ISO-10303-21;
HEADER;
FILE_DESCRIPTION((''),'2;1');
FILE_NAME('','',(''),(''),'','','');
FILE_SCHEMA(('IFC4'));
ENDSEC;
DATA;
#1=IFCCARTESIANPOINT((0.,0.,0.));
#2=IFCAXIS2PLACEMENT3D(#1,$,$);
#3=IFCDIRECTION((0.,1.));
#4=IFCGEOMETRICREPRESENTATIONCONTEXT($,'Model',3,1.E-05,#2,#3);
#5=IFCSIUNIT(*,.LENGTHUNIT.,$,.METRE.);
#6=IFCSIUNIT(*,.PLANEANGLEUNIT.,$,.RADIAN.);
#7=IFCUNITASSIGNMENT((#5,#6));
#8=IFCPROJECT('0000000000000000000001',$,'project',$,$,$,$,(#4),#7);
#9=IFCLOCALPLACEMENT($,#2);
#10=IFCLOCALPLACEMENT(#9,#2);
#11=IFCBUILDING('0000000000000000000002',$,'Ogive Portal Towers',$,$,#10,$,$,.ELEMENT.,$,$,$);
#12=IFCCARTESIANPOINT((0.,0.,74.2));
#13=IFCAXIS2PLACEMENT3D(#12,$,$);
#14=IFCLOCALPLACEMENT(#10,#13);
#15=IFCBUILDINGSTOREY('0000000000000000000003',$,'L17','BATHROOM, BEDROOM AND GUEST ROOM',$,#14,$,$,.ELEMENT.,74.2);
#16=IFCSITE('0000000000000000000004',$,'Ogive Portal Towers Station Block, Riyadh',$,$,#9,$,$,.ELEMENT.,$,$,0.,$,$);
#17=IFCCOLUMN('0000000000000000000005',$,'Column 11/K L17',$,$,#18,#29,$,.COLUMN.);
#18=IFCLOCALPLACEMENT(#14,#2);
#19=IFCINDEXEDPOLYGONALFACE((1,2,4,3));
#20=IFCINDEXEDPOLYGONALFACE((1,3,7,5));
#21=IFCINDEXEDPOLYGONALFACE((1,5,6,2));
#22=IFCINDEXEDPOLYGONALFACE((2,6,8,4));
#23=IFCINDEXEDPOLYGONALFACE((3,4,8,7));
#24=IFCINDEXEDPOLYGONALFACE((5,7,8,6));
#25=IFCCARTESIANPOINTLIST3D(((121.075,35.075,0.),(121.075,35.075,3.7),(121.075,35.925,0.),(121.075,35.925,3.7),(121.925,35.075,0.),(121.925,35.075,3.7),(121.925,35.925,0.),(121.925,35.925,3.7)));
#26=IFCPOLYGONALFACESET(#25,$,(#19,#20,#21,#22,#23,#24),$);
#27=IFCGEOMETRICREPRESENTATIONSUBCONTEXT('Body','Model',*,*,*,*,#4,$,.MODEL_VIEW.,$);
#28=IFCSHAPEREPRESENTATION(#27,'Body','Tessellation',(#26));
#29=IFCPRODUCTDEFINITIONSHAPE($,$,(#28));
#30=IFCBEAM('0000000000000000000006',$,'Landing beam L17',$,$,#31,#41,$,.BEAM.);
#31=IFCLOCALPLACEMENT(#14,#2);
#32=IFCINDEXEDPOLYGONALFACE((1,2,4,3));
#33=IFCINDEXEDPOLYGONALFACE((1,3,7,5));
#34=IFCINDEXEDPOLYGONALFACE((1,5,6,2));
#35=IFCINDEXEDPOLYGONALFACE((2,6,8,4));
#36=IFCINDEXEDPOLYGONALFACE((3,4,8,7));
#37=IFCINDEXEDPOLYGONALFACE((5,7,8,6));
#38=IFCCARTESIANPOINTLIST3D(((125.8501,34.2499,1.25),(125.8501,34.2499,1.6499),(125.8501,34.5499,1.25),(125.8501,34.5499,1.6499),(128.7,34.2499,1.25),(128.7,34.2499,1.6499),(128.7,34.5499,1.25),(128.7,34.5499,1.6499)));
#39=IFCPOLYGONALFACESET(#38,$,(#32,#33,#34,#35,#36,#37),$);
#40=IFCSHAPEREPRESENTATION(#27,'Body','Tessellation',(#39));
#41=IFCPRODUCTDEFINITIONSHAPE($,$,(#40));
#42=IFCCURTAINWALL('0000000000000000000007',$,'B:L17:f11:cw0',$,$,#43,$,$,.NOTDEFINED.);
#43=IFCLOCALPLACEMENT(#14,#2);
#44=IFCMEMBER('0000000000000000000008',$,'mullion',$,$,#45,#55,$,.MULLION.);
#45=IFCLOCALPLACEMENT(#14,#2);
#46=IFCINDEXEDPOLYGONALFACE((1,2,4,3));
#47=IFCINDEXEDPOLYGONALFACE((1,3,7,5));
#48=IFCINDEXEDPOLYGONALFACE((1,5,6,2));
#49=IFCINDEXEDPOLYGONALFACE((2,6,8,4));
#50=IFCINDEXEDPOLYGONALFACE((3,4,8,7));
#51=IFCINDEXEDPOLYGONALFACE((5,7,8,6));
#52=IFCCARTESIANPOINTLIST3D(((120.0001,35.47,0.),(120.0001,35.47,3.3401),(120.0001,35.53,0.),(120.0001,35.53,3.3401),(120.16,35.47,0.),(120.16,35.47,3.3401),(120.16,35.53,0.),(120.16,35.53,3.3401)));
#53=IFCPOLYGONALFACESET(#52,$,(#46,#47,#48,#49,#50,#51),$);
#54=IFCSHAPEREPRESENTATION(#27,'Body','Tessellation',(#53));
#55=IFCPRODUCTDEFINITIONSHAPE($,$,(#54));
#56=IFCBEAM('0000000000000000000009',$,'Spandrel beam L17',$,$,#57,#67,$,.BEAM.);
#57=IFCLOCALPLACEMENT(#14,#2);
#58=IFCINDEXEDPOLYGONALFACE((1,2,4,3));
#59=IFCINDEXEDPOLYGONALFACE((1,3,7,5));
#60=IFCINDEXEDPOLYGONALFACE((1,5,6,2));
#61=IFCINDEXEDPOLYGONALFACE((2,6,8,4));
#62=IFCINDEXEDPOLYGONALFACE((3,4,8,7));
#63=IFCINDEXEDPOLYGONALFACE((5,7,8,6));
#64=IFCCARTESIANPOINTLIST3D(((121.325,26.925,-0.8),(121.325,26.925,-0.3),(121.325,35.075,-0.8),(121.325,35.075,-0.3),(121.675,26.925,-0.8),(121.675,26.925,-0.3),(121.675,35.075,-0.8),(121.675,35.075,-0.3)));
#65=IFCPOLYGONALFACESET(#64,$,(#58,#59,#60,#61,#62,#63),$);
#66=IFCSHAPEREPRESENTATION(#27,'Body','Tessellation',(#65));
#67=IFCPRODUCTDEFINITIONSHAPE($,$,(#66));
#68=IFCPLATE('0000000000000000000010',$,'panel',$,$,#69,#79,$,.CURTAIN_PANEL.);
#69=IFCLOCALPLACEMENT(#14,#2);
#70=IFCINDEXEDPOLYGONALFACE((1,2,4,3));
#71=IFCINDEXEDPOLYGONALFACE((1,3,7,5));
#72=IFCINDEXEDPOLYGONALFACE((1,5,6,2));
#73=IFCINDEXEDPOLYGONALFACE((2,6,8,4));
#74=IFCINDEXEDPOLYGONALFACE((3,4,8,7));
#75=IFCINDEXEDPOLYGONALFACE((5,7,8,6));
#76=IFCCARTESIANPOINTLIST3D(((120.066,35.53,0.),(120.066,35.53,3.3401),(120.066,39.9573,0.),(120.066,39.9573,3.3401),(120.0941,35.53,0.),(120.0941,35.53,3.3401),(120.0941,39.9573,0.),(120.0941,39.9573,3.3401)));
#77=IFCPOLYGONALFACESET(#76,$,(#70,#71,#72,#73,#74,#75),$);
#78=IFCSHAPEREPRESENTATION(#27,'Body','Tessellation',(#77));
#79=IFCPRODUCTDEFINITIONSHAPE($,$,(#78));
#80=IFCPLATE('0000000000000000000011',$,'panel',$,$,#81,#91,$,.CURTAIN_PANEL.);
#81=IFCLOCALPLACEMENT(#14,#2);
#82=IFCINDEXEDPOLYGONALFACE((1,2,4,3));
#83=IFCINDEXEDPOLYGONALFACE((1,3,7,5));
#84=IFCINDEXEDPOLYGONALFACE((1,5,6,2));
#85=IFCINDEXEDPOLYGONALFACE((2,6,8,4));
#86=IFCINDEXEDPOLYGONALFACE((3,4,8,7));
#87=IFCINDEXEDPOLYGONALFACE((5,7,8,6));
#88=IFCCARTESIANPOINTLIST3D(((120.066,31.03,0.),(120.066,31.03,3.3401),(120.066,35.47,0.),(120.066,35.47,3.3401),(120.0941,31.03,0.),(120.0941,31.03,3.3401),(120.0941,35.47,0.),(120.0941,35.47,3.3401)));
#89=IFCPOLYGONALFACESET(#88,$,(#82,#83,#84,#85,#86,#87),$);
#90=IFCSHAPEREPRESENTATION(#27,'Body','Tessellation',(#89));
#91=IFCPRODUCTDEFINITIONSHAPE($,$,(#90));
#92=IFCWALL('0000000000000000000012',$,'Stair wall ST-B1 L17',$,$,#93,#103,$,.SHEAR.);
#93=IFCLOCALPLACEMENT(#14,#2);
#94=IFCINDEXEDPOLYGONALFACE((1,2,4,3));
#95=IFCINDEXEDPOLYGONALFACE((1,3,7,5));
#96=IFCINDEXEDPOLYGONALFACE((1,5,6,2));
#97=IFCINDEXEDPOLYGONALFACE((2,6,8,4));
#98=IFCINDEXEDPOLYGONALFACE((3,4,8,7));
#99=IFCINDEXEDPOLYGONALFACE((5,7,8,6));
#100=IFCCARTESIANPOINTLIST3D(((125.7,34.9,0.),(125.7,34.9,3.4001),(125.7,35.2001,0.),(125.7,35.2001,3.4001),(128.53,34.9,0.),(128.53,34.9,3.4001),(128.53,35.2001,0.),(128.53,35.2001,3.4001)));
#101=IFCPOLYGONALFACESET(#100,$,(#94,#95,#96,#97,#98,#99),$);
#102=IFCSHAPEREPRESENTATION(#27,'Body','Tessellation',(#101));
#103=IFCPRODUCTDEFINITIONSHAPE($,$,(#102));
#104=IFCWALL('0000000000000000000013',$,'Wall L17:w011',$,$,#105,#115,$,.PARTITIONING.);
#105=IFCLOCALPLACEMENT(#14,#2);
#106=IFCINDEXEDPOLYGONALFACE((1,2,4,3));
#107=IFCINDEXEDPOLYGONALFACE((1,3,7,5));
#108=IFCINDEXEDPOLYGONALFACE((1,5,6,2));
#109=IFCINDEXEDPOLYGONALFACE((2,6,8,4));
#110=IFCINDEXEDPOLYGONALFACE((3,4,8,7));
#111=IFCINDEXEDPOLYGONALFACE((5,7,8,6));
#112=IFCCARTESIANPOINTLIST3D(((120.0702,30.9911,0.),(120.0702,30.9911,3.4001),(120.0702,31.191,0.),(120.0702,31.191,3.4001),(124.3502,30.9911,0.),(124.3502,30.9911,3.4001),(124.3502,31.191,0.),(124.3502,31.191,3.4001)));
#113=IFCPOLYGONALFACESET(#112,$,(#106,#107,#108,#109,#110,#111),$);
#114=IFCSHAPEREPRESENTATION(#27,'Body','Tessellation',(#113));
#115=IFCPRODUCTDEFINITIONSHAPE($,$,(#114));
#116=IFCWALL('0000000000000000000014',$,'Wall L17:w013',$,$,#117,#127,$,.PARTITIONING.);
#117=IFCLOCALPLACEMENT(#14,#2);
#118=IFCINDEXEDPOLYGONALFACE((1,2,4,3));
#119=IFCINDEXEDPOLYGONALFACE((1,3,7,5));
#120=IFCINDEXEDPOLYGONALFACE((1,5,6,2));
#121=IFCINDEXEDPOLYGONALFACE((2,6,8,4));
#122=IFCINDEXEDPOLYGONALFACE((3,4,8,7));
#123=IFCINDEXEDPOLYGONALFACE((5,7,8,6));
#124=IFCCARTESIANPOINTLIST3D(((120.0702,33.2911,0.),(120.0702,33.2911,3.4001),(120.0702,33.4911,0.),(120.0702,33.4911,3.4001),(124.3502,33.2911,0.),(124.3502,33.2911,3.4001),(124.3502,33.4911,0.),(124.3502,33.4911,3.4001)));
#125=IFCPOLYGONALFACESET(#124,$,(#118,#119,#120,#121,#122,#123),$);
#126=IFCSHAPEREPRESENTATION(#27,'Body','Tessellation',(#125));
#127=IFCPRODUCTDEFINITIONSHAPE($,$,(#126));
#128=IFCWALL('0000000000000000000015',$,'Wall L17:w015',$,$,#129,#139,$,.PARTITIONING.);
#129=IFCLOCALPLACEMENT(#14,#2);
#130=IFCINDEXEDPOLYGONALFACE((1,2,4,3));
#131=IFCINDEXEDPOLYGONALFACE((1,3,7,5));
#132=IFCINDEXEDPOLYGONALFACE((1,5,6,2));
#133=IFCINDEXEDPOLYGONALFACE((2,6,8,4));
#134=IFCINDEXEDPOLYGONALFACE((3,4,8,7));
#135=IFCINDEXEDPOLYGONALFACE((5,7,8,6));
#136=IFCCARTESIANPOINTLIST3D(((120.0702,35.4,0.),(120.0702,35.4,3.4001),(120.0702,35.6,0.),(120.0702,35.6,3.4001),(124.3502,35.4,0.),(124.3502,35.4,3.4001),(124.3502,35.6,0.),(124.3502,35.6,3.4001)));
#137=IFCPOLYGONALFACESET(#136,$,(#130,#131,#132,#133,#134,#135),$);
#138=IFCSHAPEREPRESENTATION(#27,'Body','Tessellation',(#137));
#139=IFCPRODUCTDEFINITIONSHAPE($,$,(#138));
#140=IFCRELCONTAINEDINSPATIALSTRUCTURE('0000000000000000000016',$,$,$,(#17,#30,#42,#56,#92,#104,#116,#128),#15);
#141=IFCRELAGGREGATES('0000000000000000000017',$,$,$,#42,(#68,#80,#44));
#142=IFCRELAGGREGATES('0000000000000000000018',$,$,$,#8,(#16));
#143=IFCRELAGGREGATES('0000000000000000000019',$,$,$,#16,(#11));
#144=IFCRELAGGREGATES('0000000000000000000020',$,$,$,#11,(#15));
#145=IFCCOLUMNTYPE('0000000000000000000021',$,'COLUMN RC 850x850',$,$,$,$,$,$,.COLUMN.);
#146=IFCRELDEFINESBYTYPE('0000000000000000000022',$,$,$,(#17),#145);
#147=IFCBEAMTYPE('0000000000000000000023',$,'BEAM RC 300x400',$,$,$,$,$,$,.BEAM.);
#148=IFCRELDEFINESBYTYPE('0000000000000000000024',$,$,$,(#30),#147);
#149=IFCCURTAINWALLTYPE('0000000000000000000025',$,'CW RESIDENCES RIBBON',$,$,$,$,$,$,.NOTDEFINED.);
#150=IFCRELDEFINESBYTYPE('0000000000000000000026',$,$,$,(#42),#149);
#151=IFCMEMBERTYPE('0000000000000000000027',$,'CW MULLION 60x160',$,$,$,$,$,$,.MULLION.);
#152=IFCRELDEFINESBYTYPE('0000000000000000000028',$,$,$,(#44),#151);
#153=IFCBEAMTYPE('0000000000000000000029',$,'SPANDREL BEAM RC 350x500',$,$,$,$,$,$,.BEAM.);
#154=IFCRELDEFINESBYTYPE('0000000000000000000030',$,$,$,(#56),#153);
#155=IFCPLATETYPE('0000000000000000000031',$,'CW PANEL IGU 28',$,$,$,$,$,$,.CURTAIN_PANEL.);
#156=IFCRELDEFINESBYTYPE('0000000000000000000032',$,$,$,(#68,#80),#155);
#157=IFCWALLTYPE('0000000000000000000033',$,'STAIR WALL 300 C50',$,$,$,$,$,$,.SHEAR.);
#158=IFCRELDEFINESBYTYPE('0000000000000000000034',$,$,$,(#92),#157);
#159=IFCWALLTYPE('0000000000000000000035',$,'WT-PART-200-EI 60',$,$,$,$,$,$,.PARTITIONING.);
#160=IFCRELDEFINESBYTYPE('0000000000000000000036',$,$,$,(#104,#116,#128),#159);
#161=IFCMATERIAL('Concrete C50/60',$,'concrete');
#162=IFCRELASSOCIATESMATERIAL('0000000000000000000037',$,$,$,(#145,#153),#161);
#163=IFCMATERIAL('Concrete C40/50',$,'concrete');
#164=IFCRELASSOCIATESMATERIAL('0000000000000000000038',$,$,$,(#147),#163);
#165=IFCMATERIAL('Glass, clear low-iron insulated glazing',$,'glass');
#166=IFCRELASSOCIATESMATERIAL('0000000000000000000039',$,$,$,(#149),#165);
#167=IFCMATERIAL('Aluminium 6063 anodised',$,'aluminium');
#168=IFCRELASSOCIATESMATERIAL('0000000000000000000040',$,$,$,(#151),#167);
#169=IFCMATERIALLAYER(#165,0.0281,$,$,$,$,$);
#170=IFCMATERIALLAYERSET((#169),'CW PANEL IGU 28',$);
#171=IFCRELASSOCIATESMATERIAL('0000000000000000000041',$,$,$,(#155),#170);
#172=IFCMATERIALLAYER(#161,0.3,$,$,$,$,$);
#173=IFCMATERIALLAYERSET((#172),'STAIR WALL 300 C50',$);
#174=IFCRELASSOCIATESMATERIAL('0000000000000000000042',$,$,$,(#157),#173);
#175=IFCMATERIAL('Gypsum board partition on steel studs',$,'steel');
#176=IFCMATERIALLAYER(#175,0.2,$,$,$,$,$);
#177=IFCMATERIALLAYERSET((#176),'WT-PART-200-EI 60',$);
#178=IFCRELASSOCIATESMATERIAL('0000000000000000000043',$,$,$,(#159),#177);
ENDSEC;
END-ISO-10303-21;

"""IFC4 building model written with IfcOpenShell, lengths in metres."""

from ifc_helpers import new_model, si_unit, direction, frame, frame_2d, origin, origin_2d, place, context, subcontext, project, spatial, rectangle, extrude, material, layer, layer_set, material_profile, profile_set, type_object, element, aggregate, save


model = new_model("IFC4")

# Units and contexts
model_context = context("Model", 3, precision=1e-05, world=origin(), true_north=direction((0.0, 1.0)))
body_context = subcontext(model_context, "Body", "Model", "MODEL_VIEW")
ifc_project = project(units=[si_unit("LENGTHUNIT", "METRE"), si_unit("PLANEANGLEUNIT", "RADIAN")], contexts=[model_context])

# Site, building, storey
site_placement = place(None, origin())
site = spatial("IfcSite", under=ifc_project, at=site_placement, Name="Ogive Portal Towers Station Block, Riyadh", CompositionType="ELEMENT", RefElevation=0.0)
building_placement = place(site_placement, origin())
building = spatial("IfcBuilding", under=site, at=building_placement, Name="Ogive Portal Towers", CompositionType="ELEMENT")
storey_placement = place(building_placement, frame((0.0, 0.0, 74.2)))
storey = spatial("IfcBuildingStorey", under=building, at=storey_placement, Name="L17", Description="BATHROOM, BEDROOM AND GUEST ROOM", CompositionType="ELEMENT", Elevation=74.2)

# Column
ifc_material_1 = material(Name="Concrete C50/60", Category="concrete")
ifc_material_profile_1 = material_profile(ifc_material_1, rectangle(XDim=0.8501, YDim=0.8501, at=origin_2d()), Name="RC 850x850")
ifc_profile_set_1 = profile_set([ifc_material_profile_1], Name="Concrete C50/60")
column_type = type_object("IfcColumnType", Name="COLUMN RC 850x850", PredefinedType="COLUMN", material=ifc_profile_set_1)
column_placement = place(storey_placement, frame((121.5, 35.5, 0.0), z_axis=(0.0, 0.0, 1.0), x_axis=(1.0, 0.0, 0.0)))
element("IfcColumn", 1, at=column_placement, inside=storey, type_object=column_type, Name="Column 11/K L17", PredefinedType="COLUMN", context=body_context, shape_type="SweptSolid", body=[
    extrude(rectangle(XDim=0.8501, YDim=0.8501, at=origin_2d()), origin(), (0.0, 0.0, 1.0), 3.7),
])

# Beam
ifc_material_2 = material(Name="Concrete C40/50", Category="concrete")
ifc_material_profile_2 = material_profile(ifc_material_2, rectangle(XDim=0.3, YDim=0.3999, at=origin_2d()), Name="RC 300x400")
ifc_profile_set_2 = profile_set([ifc_material_profile_2], Name="Concrete C40/50")
beam_type_1 = type_object("IfcBeamType", Name="BEAM RC 300x400", PredefinedType="BEAM", material=ifc_profile_set_2)
beam_1_placement = place(storey_placement, frame((125.8501, 34.3999, 1.45), z_axis=(1.0, 0.0, 0.0), x_axis=(0.0, 1.0, 0.0)))
element("IfcBeam", 2, at=beam_1_placement, inside=storey, type_object=beam_type_1, Name="Landing beam L17", PredefinedType="BEAM", context=body_context, shape_type="SweptSolid", body=[
    extrude(rectangle(XDim=0.3, YDim=0.3999, at=origin_2d()), origin(), (0.0, 0.0, 1.0), 2.8499),
])

# Curtain wall, member
ifc_material_3 = material(Name="Glass, clear low-iron insulated glazing", Category="glass")
curtain_wall_type = type_object("IfcCurtainWallType", Name="CW RESIDENCES RIBBON", PredefinedType="NOTDEFINED", material=ifc_material_3)
curtain_wall_placement = place(storey_placement, origin())
curtain_wall = element("IfcCurtainWall", 3, at=curtain_wall_placement, inside=storey, type_object=curtain_wall_type, Name="B:L17:f11:cw0", PredefinedType="NOTDEFINED")
ifc_material_4 = material(Name="Aluminium 6063 anodised", Category="aluminium")
ifc_material_profile_3 = material_profile(ifc_material_4, rectangle(XDim=0.1599, YDim=0.0601, at=origin_2d()), Name="AL 60x160")
ifc_profile_set_3 = profile_set([ifc_material_profile_3], Name="Aluminium 6063 anodised")
member_type = type_object("IfcMemberType", Name="CW MULLION 60x160", PredefinedType="MULLION", material=ifc_profile_set_3)
member_placement = place(storey_placement, frame((120.0801, 35.5, 0.0), z_axis=(0.0, 0.0, 1.0), x_axis=(1.0, 0.0, 0.0)))
member = element("IfcMember", 4, at=member_placement, type_object=member_type, Name="mullion", PredefinedType="MULLION", context=body_context, shape_type="SweptSolid", body=[
    extrude(rectangle(XDim=0.1599, YDim=0.0601, at=origin_2d()), origin(), (0.0, 0.0, 1.0), 3.3401),
])

# Beam
ifc_material_profile_4 = material_profile(ifc_material_1, rectangle(XDim=0.3501, YDim=0.5, at=origin_2d()), Name="RC 350x500")
ifc_profile_set_4 = profile_set([ifc_material_profile_4], Name="Concrete C50/60")
beam_type_2 = type_object("IfcBeamType", Name="SPANDREL BEAM RC 350x500", PredefinedType="BEAM", material=ifc_profile_set_4)
beam_2_placement = place(storey_placement, frame((121.5, 35.075, -0.55), z_axis=(0.0, -1.0, 0.0), x_axis=(1.0, 0.0, 0.0)))
element("IfcBeam", 5, at=beam_2_placement, inside=storey, type_object=beam_type_2, Name="Spandrel beam L17", PredefinedType="BEAM", context=body_context, shape_type="SweptSolid", body=[
    extrude(rectangle(XDim=0.3501, YDim=0.5, at=origin_2d()), origin(), (0.0, 0.0, 1.0), 8.1499),
])

# Plates
ifc_layer_1 = layer(ifc_material_3, 0.0281)
ifc_layer_set_1 = layer_set([ifc_layer_1], Name="CW PANEL IGU 28")
plate_type = type_object("IfcPlateType", Name="CW PANEL IGU 28", PredefinedType="CURTAIN_PANEL", material=ifc_layer_set_1)
plate_1_placement = place(storey_placement, frame((120.0801, 37.7437, 0.0), z_axis=(0.0, 0.0, 1.0), x_axis=(0.0, -1.0, 0.0)))
plate_1 = element("IfcPlate", 6, at=plate_1_placement, type_object=plate_type, Name="panel", PredefinedType="CURTAIN_PANEL", context=body_context, shape_type="SweptSolid", body=[
    extrude(rectangle(XDim=4.4272, YDim=0.0281, at=origin_2d()), origin(), (0.0, 0.0, 1.0), 3.3401),
])
plate_2_placement = place(storey_placement, frame((120.0801, 33.25, 0.0), z_axis=(0.0, 0.0, 1.0), x_axis=(0.0, -1.0, 0.0)))
plate_2 = element("IfcPlate", 7, at=plate_2_placement, type_object=plate_type, Name="panel", PredefinedType="CURTAIN_PANEL", context=body_context, shape_type="SweptSolid", body=[
    extrude(rectangle(XDim=4.4399, YDim=0.0281, at=origin_2d()), origin(), (0.0, 0.0, 1.0), 3.3401),
])
aggregate(curtain_wall, [plate_1, plate_2, member])

# Walls
ifc_layer_2 = layer(ifc_material_1, 0.3)
ifc_layer_set_2 = layer_set([ifc_layer_2], Name="STAIR WALL 300 C50")
wall_type_1 = type_object("IfcWallType", Name="STAIR WALL 300 C50", PredefinedType="SHEAR", material=ifc_layer_set_2)
wall_placement = place(storey_placement, frame((125.7, 35.05, 0.0), z_axis=(0.0, 0.0, 1.0), x_axis=(1.0, 0.0, 0.0)))
element("IfcWall", 8, at=wall_placement, inside=storey, type_object=wall_type_1, Name="Stair wall ST-B1 L17", PredefinedType="SHEAR", context=body_context, shape_type="SweptSolid", body=[
    extrude(rectangle(XDim=2.8301, YDim=0.3, at=frame_2d((1.415, 0.0))), origin(), (0.0, 0.0, 1.0), 3.4001),
])
ifc_material_5 = material(Name="Gypsum board partition on steel studs", Category="steel")
ifc_layer_3 = layer(ifc_material_5, 0.2)
ifc_layer_set_3 = layer_set([ifc_layer_3], Name="WT-PART-200-EI 60")
wall_type_2 = type_object("IfcWallType", Name="WT-PART-200-EI 60", PredefinedType="PARTITIONING", material=ifc_layer_set_3)
for number, where, z_axis, x_axis, name in (
    (9, (120.0701, 31.0911, 0.0), (0.0, 0.0, 1.0), (1.0, 0.0, 0.0), "Wall L17:w011"),
    (10, (120.0701, 33.3911, 0.0), (0.0, 0.0, 1.0), (1.0, 0.0, 0.0), "Wall L17:w013"),
    (11, (120.0701, 35.5, 0.0), (0.0, 0.0, 1.0), (1.0, 0.0, 0.0), "Wall L17:w015"),
):
    element("IfcWall", number, at=place(storey_placement, frame(where, z_axis=z_axis, x_axis=x_axis)), inside=storey, type_object=wall_type_2, Name=name, PredefinedType="PARTITIONING", context=body_context, shape_type="SweptSolid", body=[
        extrude(rectangle(XDim=4.28, YDim=0.2, at=frame_2d((2.1401, 0.0))), origin(), (0.0, 0.0, 1.0), 3.4001),
    ])

save(model, "model.ifc")
